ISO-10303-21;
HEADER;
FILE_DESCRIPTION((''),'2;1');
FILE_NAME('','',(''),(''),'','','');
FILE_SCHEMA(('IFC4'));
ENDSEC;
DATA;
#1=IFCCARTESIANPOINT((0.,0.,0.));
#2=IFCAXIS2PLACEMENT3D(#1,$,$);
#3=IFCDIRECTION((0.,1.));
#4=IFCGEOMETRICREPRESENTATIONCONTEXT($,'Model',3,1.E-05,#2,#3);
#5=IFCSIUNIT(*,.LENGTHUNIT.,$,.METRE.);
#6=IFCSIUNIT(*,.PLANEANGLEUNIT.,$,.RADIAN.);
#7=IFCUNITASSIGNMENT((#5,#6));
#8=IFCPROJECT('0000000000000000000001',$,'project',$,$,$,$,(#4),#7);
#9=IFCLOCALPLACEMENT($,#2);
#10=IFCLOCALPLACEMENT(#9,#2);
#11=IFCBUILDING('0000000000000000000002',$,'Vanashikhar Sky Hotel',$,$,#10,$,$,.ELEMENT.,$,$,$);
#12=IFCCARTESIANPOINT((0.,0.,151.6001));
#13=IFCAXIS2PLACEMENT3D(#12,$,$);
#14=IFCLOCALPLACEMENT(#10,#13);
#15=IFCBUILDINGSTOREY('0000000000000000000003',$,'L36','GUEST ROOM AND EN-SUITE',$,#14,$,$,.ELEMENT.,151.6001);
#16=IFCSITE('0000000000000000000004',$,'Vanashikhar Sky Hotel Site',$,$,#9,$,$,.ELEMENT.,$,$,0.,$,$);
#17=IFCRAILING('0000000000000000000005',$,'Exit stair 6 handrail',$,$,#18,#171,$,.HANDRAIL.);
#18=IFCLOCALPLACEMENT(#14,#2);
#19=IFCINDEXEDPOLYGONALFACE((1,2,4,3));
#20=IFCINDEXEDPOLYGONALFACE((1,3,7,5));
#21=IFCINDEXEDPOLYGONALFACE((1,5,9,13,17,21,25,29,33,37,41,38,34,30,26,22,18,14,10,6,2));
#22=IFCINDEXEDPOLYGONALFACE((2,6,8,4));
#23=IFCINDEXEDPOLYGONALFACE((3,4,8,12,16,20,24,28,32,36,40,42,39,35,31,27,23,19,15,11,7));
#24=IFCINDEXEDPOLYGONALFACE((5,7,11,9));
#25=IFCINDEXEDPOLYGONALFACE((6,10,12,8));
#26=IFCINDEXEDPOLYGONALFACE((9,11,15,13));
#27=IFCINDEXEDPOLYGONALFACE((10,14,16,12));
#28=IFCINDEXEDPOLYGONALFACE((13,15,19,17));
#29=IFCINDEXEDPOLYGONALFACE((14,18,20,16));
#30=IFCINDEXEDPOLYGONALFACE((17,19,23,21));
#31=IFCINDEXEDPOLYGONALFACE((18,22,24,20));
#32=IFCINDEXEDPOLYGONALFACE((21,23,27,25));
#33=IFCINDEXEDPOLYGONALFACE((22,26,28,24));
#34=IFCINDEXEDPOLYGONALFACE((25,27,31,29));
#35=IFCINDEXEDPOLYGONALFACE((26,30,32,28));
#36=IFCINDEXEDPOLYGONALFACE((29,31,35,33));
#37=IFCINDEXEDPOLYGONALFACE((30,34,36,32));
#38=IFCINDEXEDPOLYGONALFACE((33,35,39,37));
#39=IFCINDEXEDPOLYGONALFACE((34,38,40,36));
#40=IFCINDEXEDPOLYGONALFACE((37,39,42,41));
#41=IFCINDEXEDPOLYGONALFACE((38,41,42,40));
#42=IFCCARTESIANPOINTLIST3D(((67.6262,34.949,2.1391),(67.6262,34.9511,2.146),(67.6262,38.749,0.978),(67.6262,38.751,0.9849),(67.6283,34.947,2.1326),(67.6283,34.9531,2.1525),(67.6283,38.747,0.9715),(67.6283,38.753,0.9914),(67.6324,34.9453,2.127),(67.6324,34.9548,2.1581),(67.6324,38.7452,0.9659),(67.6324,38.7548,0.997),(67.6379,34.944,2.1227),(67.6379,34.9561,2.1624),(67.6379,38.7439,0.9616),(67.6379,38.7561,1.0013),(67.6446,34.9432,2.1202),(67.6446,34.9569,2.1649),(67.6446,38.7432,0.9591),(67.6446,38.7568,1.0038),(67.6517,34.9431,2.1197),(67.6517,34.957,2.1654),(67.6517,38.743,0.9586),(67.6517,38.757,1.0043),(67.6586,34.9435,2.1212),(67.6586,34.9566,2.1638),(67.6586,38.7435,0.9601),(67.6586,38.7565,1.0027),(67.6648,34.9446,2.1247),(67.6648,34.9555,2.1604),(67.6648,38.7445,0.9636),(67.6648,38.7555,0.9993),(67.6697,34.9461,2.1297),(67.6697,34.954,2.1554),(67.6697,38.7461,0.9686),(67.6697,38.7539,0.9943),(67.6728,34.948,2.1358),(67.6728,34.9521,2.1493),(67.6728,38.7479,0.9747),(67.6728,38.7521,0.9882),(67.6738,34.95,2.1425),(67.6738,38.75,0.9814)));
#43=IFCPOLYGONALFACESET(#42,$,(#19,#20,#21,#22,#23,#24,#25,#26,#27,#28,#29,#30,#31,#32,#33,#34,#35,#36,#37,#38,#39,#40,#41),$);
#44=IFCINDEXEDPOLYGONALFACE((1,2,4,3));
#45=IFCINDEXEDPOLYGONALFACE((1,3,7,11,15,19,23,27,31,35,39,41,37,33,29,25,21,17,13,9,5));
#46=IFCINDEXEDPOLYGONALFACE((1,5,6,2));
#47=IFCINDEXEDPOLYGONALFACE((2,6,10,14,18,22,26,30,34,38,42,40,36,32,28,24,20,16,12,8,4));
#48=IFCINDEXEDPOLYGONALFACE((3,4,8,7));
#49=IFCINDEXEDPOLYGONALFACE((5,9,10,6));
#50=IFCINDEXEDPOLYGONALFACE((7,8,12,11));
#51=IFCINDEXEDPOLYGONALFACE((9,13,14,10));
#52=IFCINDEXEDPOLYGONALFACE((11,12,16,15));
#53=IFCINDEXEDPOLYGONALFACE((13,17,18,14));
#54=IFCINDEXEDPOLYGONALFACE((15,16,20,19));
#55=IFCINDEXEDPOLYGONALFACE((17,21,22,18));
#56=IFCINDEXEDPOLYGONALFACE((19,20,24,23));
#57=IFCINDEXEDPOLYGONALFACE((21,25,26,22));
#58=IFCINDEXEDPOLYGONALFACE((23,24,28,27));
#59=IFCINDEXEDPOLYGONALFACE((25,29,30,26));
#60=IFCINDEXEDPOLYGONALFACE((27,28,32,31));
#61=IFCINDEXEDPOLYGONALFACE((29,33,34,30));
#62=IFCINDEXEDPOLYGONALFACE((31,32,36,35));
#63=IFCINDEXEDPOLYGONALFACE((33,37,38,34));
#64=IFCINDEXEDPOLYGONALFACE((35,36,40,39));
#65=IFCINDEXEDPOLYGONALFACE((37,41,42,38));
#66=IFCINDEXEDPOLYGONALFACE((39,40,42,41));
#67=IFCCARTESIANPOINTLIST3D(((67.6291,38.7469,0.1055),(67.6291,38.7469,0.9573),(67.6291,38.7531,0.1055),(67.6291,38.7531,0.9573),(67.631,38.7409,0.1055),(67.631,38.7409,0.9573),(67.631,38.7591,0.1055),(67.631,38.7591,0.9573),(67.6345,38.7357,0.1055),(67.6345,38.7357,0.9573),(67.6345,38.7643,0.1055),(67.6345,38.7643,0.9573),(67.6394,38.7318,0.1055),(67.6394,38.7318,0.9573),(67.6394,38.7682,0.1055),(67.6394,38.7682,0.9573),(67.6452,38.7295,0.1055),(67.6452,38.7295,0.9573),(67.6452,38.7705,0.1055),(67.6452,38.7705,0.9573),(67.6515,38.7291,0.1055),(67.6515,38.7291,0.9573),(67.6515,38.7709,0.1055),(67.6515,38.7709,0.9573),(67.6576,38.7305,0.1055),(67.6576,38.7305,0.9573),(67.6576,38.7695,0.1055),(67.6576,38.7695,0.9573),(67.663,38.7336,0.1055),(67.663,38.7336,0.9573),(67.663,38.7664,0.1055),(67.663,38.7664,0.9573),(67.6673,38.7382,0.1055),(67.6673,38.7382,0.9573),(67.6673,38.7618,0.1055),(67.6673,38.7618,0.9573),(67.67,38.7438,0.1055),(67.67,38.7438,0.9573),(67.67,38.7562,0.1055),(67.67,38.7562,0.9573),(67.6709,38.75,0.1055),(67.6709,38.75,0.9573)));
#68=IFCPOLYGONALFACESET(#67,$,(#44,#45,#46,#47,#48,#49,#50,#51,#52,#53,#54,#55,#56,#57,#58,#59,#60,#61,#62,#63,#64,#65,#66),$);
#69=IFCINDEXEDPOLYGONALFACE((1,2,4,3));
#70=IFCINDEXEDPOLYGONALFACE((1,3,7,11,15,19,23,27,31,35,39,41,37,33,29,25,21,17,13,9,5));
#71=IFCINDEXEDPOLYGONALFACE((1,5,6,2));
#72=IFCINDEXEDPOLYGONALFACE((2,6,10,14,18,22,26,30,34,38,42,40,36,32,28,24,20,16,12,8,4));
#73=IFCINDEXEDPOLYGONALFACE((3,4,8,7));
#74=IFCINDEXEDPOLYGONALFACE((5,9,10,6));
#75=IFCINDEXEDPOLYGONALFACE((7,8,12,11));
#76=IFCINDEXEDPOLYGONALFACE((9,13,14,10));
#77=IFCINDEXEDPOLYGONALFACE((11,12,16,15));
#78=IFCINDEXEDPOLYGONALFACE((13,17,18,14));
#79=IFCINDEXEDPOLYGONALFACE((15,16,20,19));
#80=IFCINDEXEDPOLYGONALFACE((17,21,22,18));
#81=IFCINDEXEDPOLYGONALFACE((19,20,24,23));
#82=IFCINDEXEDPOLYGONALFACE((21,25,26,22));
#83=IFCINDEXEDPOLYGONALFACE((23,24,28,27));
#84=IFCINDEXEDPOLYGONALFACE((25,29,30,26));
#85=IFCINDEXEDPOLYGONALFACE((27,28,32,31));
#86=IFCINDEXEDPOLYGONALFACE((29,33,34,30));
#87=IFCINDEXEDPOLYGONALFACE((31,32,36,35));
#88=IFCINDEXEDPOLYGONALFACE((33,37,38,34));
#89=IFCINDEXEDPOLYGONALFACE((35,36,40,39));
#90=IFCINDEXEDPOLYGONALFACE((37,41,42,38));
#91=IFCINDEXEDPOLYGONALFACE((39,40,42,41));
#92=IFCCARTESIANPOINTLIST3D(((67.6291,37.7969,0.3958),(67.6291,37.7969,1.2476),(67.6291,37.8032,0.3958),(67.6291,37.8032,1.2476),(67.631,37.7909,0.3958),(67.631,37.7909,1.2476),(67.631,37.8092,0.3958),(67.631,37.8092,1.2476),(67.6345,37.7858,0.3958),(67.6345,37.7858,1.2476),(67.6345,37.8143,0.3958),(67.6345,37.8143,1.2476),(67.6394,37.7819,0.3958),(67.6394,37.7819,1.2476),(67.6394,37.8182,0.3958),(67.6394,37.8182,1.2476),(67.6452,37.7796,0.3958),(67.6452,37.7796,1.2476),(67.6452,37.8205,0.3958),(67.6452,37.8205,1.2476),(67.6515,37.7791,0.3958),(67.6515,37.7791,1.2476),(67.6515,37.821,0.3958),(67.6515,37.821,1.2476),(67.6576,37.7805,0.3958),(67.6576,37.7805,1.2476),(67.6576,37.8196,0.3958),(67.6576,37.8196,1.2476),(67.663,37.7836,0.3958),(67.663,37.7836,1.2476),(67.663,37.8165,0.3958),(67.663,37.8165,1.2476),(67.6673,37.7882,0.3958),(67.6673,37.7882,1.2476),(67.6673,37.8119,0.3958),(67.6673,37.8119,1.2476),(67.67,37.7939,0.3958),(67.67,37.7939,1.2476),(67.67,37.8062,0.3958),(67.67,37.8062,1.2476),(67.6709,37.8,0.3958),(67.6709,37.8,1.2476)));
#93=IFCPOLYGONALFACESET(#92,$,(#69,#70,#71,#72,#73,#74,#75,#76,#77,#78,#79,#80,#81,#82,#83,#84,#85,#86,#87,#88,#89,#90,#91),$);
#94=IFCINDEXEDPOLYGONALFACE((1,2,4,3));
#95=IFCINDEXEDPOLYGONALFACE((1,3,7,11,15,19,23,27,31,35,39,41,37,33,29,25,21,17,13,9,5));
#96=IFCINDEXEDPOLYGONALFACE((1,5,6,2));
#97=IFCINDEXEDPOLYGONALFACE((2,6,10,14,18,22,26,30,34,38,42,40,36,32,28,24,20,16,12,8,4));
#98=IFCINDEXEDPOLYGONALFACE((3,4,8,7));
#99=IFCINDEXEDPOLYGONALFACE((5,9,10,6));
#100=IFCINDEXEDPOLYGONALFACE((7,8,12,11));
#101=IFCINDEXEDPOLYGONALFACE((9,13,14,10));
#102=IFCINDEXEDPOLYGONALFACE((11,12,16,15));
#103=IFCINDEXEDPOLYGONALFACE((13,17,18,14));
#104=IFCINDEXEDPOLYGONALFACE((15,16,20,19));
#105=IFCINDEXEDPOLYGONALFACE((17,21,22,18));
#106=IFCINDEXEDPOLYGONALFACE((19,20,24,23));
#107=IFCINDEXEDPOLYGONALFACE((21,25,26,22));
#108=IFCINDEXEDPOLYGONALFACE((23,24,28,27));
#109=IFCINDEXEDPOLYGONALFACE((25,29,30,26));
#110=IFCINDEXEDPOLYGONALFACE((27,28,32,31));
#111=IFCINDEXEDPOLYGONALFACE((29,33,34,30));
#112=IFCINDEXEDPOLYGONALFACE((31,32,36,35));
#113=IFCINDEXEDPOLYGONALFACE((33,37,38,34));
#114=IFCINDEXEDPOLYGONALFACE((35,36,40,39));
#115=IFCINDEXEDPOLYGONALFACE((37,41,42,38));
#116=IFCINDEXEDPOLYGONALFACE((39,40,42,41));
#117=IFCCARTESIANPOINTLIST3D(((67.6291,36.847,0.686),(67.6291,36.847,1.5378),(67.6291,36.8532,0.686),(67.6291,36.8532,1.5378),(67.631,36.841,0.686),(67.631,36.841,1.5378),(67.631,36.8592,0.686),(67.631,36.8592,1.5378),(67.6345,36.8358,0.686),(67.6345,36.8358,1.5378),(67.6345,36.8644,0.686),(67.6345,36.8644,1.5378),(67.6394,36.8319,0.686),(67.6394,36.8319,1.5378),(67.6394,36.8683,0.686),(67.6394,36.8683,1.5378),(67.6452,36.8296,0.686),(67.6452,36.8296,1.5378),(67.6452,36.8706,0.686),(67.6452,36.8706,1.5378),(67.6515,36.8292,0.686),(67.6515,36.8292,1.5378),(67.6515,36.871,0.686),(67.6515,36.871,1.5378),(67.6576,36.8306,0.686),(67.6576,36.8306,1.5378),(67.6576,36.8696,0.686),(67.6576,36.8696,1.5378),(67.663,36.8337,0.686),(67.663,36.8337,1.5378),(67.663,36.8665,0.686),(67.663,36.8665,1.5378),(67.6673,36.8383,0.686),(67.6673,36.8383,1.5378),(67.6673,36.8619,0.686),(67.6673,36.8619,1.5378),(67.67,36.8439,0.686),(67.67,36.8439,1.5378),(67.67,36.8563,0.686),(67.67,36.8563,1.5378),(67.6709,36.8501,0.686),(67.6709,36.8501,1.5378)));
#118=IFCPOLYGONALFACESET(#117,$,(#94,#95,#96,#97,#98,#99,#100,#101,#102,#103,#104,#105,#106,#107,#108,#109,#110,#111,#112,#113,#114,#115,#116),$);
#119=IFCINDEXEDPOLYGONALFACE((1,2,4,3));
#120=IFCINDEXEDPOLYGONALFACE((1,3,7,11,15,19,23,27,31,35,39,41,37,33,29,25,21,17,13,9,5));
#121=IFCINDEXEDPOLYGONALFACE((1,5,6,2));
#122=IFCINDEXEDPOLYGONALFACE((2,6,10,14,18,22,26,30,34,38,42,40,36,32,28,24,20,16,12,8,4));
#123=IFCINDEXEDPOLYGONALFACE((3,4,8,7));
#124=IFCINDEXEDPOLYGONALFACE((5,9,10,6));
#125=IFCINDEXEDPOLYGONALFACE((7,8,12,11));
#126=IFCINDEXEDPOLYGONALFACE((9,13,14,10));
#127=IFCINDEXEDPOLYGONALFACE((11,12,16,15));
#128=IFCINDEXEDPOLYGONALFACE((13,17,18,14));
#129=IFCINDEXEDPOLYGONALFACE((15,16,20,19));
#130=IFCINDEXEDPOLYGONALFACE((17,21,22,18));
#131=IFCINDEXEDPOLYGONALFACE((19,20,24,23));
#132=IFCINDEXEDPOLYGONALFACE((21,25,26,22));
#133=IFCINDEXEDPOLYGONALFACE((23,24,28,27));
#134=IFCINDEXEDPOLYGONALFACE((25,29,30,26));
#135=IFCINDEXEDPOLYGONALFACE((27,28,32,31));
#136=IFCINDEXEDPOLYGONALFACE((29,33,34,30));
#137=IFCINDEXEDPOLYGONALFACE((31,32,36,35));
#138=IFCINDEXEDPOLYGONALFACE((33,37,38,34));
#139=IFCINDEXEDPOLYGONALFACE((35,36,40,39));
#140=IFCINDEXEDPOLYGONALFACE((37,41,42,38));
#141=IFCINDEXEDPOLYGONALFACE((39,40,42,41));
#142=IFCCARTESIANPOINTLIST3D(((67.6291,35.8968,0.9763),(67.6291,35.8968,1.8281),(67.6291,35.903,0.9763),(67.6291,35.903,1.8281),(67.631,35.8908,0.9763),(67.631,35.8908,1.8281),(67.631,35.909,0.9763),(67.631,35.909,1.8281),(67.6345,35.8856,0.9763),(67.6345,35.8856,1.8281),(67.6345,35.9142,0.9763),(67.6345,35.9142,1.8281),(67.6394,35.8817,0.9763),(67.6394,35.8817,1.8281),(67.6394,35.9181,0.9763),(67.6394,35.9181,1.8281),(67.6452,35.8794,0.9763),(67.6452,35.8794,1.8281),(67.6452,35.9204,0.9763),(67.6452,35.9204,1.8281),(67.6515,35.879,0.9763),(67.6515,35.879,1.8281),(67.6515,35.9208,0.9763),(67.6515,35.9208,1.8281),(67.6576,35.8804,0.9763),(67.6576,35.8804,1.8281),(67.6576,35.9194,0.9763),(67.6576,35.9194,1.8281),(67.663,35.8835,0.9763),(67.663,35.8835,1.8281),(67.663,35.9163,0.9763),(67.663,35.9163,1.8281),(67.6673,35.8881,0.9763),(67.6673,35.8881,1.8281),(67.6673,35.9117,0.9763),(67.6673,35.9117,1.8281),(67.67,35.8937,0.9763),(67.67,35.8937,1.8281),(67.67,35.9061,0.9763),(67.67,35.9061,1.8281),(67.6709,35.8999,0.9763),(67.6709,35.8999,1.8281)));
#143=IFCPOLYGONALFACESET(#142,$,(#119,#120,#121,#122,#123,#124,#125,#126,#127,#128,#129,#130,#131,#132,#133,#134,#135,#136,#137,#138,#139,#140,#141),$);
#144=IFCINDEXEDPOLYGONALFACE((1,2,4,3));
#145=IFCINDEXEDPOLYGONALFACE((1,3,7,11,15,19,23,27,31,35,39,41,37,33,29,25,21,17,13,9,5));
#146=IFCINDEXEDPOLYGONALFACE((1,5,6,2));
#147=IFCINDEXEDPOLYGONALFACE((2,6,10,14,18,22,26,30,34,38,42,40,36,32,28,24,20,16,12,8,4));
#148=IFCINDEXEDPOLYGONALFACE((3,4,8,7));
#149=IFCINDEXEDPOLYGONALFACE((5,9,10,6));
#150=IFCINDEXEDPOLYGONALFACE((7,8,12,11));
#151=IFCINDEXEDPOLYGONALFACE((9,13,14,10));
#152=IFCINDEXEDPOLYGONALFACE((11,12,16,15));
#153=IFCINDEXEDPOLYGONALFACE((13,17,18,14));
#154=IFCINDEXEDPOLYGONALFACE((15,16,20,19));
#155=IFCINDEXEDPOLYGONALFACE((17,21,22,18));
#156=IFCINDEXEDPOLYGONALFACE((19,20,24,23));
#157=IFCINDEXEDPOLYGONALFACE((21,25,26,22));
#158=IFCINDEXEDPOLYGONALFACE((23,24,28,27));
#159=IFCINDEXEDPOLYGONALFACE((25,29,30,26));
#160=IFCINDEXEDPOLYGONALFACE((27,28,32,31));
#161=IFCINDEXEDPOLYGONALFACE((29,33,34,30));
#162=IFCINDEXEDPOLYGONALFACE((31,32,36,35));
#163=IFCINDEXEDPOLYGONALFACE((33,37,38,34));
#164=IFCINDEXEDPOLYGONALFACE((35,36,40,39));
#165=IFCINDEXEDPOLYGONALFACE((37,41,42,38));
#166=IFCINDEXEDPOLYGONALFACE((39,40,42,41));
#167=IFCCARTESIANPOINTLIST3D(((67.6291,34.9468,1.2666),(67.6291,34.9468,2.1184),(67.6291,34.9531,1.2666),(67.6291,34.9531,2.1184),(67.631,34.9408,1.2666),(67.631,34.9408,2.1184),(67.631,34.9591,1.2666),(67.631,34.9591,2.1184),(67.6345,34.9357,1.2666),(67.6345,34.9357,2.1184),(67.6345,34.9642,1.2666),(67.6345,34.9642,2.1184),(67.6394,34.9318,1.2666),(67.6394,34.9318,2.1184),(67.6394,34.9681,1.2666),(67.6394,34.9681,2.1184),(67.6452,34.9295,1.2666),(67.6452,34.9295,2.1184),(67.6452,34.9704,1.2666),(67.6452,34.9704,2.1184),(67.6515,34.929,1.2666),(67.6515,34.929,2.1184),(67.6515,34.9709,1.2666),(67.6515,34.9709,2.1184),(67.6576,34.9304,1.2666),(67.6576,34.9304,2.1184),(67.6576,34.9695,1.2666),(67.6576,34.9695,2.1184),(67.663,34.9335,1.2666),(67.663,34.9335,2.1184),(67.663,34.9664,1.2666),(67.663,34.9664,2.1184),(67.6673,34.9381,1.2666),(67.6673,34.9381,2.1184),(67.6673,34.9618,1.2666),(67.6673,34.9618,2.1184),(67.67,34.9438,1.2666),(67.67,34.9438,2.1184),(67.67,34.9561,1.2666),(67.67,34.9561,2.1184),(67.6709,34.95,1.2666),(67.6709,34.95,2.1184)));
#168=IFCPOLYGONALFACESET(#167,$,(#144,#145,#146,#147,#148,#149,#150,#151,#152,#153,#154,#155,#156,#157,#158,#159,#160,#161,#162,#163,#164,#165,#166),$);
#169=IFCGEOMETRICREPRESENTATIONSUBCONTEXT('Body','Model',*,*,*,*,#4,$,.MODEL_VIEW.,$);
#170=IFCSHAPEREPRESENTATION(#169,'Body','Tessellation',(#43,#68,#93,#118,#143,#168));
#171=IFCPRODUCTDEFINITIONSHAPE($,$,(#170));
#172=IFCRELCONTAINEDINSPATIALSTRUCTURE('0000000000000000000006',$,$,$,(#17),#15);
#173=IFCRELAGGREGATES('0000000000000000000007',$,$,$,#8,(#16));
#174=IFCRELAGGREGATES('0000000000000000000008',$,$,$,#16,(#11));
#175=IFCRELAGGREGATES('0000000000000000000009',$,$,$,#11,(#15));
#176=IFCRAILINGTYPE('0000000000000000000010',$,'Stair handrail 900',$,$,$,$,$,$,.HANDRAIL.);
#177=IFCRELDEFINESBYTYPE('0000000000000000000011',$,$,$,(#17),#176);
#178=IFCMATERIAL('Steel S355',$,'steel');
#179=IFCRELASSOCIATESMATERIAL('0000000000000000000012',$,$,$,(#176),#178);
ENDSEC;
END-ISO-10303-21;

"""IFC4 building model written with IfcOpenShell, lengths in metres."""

from ifc_helpers import new_model, si_unit, direction, frame, origin, origin_2d, place, context, subcontext, project, spatial, circle, extrude, source, transform, mapped, material, type_object, element, save


model = new_model("IFC4")

# Units and contexts
model_context = context("Model", 3, precision=1e-05, world=origin(), true_north=direction((0.0, 1.0)))
body_context = subcontext(model_context, "Body", "Model", "MODEL_VIEW")
ifc_project = project(units=[si_unit("LENGTHUNIT", "METRE"), si_unit("PLANEANGLEUNIT", "RADIAN")], contexts=[model_context])

# Site, building, storey
site_placement = place(None, origin())
site = spatial("IfcSite", under=ifc_project, at=site_placement, Name="Vanashikhar Sky Hotel Site", CompositionType="ELEMENT", RefElevation=0.0)
building_placement = place(site_placement, origin())
building = spatial("IfcBuilding", under=site, at=building_placement, Name="Vanashikhar Sky Hotel", CompositionType="ELEMENT")
storey_placement = place(building_placement, frame((0.0, 0.0, 151.6001)))
storey = spatial("IfcBuildingStorey", under=building, at=storey_placement, Name="L36", Description="GUEST ROOM AND EN-SUITE", CompositionType="ELEMENT", Elevation=151.6001)

# Railing
ifc_material_1 = material(Name="Steel S355", Category="steel")
railing_type = type_object("IfcRailingType", Name="Stair handrail 900", PredefinedType="HANDRAIL", material=ifc_material_1)
shared_shape_1 = source(origin(), body_context, "Body", "SweptSolid", [
    extrude(circle(Radius=0.0239, at=origin_2d()), frame((0.0, 0.0, 0.876), z_axis=(0.0, -0.956351, 0.29222), x_axis=(1.0, 0.0, 0.0)), (0.0, 0.0, 1.0), 3.9734),
    extrude(circle(Radius=0.021, at=origin_2d()), origin(), (0.0, 0.0, 1.0), 0.8518),
    extrude(circle(Radius=0.021, at=origin_2d()), frame((0.0, -0.95, 0.2903)), (0.0, 0.0, 1.0), 0.8518),
    extrude(circle(Radius=0.021, at=origin_2d()), frame((0.0, -1.8999, 0.5806)), (0.0, 0.0, 1.0), 0.8518),
    extrude(circle(Radius=0.021, at=origin_2d()), frame((0.0, -2.8501, 0.8708)), (0.0, 0.0, 1.0), 0.8518),
    extrude(circle(Radius=0.021, at=origin_2d()), frame((0.0, -3.8, 1.1611)), (0.0, 0.0, 1.0), 0.8518),
])
for number, where, name in (
    (1, (67.6499, 38.75, 0.1055), "Exit stair 6 handrail"),
):
    element("IfcRailing", number, at=place(storey_placement, frame(where)), inside=storey, type_object=railing_type, Name=name, PredefinedType="HANDRAIL", context=body_context, shape_type="MappedRepresentation", body=[
        mapped(shared_shape_1, transform((0.0, 0.0, 0.0), scale=1.0)),
    ])

save(model, "model.ifc")
